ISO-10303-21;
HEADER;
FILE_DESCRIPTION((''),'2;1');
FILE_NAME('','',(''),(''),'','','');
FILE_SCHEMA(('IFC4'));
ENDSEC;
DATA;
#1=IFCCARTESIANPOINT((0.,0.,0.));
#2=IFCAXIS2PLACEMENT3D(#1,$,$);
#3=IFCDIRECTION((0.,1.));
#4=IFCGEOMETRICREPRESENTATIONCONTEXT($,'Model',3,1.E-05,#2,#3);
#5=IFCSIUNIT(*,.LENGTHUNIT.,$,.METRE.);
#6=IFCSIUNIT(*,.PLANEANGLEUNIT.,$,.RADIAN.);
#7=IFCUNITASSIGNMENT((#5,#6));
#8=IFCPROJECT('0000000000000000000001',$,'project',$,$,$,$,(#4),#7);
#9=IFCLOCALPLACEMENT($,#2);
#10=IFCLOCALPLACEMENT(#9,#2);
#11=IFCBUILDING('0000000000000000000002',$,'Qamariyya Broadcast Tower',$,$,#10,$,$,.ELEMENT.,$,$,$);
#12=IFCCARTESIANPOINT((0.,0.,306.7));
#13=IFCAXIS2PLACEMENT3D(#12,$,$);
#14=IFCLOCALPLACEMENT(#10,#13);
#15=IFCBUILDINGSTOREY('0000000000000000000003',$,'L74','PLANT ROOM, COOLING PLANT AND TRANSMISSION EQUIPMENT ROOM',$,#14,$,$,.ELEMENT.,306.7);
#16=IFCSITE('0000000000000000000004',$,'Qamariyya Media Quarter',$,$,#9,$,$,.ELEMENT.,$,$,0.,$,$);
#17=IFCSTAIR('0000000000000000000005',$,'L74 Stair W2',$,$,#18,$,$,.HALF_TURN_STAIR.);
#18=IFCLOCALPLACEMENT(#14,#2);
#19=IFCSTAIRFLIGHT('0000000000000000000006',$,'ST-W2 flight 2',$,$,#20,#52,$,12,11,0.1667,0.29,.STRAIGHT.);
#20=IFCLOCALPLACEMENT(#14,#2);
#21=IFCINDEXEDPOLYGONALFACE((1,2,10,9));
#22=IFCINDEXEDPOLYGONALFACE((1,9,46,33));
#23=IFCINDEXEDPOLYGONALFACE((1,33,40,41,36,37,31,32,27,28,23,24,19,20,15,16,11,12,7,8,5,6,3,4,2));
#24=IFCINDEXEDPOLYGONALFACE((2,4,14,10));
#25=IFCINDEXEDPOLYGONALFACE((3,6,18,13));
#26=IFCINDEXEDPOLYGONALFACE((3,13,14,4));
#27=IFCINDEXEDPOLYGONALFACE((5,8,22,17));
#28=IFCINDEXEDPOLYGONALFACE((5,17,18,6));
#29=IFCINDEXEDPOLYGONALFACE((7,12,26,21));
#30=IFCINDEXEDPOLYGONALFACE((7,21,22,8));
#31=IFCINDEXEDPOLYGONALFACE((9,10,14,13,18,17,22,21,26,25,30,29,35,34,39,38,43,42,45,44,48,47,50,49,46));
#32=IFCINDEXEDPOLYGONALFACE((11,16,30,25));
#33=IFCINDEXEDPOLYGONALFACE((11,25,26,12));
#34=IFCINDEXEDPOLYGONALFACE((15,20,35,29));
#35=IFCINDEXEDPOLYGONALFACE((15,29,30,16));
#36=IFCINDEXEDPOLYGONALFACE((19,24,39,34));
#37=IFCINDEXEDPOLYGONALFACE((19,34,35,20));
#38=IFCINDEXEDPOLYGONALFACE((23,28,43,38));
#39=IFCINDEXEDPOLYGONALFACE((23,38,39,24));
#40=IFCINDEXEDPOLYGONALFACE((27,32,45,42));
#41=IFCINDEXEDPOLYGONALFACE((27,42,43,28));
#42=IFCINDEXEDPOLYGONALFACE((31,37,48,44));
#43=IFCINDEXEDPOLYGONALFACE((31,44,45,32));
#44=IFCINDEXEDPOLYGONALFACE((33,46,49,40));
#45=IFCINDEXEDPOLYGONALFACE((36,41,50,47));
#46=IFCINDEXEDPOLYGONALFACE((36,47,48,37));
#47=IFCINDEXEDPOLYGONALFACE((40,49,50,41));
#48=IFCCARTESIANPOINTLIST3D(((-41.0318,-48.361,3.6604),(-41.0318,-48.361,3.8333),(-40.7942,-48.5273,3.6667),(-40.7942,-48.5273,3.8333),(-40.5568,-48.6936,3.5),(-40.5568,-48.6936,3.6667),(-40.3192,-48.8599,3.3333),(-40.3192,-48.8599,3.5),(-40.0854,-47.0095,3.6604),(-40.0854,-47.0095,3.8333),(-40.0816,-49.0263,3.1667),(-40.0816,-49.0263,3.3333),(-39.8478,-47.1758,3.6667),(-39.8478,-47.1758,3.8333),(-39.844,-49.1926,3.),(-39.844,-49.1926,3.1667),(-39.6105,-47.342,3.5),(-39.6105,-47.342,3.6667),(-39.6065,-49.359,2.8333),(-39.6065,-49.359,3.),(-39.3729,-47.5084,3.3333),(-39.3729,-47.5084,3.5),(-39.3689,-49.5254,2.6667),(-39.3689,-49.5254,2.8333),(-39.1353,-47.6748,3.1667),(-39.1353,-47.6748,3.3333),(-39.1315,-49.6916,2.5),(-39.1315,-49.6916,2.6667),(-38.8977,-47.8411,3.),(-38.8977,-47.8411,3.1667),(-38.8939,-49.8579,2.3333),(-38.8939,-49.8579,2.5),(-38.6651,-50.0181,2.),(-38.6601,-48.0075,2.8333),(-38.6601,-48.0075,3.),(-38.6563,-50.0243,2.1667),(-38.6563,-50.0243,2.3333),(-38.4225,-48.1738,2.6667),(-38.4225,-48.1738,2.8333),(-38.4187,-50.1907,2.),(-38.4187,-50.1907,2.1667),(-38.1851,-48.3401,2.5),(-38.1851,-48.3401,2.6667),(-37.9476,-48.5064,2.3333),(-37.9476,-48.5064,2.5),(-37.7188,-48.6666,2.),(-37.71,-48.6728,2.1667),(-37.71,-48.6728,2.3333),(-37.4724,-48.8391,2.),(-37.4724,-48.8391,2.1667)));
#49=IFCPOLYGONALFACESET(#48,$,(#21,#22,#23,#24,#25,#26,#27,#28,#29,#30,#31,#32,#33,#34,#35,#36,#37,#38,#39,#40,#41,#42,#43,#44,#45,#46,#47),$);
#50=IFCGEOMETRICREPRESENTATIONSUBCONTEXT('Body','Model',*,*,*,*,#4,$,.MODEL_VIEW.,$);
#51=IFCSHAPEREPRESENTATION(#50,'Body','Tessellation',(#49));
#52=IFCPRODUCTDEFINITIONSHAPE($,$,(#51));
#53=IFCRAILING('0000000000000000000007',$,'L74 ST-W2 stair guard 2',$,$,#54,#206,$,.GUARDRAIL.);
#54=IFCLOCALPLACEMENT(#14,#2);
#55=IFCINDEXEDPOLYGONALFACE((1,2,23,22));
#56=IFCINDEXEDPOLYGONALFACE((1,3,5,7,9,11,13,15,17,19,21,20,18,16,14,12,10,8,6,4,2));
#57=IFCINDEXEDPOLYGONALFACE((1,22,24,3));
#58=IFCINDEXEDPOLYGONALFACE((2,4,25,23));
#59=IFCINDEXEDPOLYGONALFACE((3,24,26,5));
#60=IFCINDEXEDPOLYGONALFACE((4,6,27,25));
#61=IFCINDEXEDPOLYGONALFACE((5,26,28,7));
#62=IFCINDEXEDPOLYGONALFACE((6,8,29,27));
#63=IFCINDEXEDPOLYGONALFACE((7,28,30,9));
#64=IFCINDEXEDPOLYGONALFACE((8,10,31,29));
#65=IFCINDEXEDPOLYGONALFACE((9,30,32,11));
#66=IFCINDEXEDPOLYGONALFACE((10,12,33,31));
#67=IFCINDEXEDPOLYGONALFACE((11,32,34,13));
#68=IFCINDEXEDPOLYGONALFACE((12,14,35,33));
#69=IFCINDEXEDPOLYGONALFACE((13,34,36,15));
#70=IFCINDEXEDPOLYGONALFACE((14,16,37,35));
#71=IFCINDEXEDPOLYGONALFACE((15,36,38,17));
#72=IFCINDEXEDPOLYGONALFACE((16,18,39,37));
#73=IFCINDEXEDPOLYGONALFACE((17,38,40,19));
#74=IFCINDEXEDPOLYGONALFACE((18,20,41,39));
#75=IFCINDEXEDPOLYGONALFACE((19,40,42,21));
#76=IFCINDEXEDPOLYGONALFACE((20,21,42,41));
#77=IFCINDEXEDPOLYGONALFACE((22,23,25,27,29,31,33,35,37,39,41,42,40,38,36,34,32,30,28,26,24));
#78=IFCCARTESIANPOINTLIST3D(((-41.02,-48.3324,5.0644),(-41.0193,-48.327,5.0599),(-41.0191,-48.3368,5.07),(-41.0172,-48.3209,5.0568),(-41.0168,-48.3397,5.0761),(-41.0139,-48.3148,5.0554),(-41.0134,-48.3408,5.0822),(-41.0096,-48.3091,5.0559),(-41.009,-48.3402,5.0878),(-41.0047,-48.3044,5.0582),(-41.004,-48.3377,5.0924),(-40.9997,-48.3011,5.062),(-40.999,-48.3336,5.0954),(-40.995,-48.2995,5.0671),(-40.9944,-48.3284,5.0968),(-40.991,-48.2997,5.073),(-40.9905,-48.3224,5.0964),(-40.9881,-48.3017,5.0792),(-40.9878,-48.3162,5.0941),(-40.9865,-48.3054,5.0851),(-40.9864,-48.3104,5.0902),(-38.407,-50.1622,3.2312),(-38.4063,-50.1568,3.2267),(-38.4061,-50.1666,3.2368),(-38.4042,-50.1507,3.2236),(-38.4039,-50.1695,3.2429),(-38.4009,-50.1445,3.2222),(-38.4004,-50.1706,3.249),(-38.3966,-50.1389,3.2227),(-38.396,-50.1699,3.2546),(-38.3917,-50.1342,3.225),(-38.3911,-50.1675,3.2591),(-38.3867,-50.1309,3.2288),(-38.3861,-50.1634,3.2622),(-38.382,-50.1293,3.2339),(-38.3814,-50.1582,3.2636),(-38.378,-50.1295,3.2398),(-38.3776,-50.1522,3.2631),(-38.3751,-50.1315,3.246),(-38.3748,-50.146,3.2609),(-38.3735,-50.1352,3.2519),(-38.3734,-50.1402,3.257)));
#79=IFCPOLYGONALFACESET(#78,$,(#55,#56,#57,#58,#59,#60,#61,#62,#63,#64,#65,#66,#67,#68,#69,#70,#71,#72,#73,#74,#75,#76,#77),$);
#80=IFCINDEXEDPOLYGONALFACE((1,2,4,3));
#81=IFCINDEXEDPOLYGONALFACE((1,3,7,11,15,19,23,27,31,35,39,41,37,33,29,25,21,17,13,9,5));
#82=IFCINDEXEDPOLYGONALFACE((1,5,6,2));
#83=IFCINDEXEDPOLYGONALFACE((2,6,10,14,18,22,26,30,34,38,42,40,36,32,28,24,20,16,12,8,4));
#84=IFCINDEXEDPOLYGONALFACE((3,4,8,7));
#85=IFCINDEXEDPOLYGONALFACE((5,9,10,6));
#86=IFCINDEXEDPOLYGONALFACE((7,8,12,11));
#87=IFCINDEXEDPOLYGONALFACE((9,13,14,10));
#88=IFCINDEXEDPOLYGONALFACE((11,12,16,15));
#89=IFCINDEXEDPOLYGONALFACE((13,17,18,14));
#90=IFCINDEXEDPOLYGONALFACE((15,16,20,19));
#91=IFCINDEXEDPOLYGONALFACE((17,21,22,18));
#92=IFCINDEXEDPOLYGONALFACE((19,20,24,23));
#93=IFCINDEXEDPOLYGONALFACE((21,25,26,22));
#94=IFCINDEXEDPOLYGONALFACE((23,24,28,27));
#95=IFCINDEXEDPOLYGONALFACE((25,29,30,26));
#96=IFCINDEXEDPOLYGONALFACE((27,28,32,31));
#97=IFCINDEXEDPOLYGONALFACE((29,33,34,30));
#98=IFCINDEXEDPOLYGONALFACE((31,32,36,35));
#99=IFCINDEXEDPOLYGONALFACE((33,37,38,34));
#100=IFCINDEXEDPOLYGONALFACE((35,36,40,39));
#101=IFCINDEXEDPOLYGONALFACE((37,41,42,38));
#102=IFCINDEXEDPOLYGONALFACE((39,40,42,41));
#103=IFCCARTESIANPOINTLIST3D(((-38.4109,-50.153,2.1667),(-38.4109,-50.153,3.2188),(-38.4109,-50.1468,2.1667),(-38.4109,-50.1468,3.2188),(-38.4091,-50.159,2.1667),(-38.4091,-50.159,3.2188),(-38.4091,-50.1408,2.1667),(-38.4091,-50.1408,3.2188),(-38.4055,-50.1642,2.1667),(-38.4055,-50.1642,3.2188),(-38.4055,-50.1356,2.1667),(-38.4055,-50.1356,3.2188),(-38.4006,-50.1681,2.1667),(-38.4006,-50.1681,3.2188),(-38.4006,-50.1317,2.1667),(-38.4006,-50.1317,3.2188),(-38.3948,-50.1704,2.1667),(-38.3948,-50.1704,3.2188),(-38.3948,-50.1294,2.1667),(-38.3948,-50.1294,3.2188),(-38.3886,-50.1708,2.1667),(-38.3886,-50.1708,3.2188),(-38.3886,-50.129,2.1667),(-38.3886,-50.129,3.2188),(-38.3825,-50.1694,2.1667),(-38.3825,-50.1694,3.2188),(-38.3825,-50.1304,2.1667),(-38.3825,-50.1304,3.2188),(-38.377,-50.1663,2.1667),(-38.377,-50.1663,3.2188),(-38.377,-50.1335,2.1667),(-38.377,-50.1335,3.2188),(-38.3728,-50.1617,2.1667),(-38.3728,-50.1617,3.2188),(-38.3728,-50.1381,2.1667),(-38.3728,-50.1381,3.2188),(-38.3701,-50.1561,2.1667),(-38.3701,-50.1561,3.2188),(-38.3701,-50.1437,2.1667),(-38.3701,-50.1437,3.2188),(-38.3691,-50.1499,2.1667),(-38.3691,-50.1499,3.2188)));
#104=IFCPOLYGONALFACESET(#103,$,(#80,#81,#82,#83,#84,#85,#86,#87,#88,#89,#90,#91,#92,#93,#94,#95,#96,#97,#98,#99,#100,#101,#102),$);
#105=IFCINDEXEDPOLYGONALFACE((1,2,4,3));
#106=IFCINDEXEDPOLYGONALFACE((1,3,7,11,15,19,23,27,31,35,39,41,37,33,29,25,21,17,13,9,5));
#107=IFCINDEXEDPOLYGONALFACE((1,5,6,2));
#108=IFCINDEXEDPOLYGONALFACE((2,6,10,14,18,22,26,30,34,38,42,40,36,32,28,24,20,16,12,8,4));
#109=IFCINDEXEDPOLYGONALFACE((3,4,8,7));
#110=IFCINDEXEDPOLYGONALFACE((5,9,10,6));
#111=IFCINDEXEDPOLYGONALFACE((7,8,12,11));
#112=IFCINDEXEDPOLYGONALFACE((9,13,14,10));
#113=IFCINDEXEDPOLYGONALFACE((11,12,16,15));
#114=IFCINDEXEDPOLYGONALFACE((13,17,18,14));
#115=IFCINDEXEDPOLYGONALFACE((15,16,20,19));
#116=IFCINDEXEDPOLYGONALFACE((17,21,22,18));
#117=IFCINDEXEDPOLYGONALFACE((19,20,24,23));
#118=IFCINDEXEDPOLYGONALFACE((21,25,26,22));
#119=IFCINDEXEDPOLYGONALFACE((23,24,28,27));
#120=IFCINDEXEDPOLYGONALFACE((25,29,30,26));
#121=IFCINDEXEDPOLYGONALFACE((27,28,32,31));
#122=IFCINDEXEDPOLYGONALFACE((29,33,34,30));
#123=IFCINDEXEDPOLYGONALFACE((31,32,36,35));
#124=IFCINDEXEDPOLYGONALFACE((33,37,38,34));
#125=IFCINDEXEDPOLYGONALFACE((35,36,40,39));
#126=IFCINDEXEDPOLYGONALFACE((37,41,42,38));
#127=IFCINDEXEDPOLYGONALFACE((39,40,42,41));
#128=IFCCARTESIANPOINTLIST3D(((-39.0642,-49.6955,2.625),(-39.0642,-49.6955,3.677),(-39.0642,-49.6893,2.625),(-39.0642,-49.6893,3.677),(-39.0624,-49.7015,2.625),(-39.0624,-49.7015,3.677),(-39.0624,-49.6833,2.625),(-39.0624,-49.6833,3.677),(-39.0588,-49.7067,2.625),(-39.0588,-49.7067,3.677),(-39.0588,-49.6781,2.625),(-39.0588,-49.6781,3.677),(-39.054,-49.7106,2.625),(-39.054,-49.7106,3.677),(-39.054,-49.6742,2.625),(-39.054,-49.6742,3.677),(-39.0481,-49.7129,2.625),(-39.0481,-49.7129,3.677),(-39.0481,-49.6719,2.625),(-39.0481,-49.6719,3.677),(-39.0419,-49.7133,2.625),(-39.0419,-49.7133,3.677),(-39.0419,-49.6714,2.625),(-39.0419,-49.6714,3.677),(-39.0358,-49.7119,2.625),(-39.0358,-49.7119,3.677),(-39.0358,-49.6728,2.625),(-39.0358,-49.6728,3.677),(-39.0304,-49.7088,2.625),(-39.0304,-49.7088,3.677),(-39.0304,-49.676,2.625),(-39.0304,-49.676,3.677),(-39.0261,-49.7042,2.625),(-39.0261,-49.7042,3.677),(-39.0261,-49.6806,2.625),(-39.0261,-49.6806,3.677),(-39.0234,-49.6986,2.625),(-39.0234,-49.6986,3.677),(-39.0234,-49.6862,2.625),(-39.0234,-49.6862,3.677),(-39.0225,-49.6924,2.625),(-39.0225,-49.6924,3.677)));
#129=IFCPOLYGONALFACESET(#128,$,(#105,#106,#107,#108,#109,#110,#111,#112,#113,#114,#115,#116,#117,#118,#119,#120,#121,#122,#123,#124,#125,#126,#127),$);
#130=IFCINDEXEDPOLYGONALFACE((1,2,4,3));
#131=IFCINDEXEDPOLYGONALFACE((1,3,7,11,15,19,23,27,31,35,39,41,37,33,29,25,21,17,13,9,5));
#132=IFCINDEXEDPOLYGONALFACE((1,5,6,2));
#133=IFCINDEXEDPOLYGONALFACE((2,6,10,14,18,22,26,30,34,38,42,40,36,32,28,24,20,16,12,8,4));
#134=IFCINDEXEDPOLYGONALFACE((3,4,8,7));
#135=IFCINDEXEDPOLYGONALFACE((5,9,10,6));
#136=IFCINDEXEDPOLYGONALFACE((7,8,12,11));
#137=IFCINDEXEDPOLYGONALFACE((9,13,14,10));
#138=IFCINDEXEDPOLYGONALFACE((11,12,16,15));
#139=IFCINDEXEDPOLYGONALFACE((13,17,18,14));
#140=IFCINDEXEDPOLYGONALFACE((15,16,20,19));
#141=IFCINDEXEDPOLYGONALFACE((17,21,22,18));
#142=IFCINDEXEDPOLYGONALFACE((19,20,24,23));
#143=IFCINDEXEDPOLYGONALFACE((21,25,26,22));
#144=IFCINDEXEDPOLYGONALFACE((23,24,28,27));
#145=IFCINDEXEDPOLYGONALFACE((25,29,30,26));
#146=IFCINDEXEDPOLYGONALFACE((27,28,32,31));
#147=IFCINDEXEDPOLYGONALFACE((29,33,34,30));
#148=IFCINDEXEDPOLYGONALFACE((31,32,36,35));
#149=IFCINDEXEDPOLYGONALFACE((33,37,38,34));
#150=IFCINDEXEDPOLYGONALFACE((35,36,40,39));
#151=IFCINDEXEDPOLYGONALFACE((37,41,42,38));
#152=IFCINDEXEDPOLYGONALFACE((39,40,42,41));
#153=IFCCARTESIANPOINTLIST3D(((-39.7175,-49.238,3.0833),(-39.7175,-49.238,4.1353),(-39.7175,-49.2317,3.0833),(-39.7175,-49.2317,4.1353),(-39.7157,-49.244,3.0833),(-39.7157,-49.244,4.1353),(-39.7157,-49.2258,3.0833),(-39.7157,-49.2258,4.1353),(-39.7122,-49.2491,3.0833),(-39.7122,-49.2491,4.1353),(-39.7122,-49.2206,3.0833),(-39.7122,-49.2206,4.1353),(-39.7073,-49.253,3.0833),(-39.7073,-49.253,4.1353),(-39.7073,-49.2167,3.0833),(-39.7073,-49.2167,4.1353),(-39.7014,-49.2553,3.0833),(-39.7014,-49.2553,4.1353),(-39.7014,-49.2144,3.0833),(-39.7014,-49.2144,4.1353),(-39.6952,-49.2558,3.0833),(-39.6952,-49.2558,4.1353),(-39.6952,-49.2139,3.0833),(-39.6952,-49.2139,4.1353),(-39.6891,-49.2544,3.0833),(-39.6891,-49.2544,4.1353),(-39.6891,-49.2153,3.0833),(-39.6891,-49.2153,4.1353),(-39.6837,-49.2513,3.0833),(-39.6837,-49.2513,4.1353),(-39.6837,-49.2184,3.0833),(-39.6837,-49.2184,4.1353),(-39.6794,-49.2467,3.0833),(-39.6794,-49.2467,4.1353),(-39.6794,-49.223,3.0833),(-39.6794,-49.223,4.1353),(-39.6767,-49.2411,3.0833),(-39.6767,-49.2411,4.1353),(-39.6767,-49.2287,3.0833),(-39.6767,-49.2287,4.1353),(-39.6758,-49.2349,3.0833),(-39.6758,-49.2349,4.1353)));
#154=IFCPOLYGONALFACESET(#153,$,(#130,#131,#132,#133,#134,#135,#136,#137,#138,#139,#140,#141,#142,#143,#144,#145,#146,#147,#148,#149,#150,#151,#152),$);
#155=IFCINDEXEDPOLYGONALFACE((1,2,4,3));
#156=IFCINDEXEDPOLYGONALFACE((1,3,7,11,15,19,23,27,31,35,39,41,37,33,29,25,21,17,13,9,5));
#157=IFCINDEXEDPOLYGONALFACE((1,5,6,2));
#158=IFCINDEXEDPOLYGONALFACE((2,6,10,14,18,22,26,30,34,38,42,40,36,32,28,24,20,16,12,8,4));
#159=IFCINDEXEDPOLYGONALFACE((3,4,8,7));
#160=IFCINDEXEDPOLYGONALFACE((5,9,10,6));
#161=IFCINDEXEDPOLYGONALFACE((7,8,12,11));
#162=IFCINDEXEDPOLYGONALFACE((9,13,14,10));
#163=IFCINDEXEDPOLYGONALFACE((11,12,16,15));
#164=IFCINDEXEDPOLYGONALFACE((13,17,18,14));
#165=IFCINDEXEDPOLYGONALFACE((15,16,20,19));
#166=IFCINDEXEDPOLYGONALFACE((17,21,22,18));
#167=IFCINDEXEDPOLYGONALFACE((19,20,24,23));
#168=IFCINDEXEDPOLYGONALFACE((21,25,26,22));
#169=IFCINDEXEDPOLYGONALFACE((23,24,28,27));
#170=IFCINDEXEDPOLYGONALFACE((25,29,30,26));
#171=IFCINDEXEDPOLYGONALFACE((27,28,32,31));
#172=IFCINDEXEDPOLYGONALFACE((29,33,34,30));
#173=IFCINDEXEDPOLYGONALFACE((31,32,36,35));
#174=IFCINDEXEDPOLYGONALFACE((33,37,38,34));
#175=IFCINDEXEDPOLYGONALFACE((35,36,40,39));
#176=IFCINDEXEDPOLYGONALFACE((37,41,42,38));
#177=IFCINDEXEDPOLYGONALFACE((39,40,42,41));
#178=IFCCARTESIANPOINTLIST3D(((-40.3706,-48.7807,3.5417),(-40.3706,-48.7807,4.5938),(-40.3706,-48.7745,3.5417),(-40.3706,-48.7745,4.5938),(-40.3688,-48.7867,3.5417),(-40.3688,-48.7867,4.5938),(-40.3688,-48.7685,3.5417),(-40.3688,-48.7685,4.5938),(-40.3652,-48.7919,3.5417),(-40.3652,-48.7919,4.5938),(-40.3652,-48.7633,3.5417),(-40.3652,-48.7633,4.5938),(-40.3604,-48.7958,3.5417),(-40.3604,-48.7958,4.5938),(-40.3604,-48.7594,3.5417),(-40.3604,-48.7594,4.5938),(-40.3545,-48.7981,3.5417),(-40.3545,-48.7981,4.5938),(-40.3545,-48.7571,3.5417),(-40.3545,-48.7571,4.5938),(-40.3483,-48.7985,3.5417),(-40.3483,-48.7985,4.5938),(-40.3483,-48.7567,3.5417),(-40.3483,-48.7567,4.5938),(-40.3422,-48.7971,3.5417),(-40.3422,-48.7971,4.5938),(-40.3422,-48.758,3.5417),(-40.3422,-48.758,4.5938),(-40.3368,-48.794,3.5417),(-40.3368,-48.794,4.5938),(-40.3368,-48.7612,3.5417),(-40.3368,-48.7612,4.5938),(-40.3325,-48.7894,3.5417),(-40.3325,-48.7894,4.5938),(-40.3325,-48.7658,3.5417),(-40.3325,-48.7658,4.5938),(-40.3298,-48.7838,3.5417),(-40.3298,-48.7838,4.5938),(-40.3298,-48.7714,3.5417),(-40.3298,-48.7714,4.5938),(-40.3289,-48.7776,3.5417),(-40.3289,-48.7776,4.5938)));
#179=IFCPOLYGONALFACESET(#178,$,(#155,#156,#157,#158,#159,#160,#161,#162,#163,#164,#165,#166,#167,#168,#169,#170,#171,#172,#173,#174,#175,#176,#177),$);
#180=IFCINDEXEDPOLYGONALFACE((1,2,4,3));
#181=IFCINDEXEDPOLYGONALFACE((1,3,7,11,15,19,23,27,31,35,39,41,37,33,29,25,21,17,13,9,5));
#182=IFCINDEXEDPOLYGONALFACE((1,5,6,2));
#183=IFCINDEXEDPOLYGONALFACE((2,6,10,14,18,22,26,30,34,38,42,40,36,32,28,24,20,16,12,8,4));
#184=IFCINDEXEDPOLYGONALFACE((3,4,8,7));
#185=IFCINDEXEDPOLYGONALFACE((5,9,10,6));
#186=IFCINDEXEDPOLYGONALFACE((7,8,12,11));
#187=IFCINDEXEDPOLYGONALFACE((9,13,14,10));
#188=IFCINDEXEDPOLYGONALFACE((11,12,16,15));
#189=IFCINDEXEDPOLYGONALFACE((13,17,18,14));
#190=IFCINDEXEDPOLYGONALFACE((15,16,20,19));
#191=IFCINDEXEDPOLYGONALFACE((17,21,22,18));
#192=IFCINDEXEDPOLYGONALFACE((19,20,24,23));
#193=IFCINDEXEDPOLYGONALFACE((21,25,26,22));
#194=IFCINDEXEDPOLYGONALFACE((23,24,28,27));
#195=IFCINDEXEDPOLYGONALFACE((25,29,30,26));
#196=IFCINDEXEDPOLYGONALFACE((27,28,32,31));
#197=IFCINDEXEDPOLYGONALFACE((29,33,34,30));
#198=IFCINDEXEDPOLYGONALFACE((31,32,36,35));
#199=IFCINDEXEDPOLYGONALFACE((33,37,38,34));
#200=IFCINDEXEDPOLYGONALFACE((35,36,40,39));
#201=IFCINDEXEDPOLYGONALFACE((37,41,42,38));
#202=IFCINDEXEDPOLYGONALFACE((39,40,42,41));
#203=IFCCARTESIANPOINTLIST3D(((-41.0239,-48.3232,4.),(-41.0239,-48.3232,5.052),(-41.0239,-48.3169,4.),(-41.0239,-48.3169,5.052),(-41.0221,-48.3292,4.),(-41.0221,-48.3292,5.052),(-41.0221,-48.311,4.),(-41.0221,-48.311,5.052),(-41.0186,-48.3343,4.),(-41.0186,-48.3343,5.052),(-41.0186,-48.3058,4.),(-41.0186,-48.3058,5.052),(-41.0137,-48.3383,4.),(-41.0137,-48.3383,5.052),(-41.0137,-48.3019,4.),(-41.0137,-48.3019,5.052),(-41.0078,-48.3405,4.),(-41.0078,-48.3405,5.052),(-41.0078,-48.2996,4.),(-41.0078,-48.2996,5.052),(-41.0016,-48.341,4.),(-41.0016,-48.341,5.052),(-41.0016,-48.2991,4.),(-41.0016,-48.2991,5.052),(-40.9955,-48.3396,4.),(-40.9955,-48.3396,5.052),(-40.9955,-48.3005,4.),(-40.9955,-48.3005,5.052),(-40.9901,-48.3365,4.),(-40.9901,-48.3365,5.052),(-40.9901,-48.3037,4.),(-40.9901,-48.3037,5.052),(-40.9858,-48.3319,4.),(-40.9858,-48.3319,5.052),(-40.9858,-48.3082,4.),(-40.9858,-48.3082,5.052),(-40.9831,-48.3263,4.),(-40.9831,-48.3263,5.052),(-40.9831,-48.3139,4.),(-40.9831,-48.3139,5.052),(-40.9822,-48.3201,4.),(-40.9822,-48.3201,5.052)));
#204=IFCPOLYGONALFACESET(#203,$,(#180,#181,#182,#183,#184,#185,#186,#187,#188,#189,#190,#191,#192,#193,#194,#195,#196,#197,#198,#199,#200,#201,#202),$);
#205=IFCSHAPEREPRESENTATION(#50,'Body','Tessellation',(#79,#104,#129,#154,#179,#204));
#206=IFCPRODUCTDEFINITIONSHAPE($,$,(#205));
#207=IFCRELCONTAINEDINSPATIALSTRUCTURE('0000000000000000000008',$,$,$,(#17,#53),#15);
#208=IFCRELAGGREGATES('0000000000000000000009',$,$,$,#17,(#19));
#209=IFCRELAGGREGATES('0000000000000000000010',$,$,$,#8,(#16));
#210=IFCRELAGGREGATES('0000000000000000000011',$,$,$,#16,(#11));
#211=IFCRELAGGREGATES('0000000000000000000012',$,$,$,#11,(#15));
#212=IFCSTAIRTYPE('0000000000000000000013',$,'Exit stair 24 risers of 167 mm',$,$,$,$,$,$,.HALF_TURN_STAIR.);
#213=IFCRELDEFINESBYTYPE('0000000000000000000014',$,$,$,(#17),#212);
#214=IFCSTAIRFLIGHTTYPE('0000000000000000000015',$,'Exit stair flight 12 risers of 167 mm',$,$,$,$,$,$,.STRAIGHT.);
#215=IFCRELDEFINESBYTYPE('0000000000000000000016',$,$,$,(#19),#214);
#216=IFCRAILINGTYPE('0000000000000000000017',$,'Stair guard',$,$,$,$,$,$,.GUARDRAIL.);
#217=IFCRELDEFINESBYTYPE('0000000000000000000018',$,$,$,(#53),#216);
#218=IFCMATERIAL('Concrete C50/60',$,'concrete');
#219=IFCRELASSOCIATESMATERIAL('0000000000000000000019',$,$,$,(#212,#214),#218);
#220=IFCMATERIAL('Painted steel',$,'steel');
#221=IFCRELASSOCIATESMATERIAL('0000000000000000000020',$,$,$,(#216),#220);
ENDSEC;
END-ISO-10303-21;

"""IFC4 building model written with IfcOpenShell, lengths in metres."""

from ifc_helpers import new_model, si_unit, direction, frame, origin, origin_2d, place, context, subcontext, project, spatial, polyline, circle, outline, extrude, material, type_object, element, aggregate, save


model = new_model("IFC4")

# Units and contexts
model_context = context("Model", 3, precision=1e-05, world=origin(), true_north=direction((0.0, 1.0)))
body_context = subcontext(model_context, "Body", "Model", "MODEL_VIEW")
ifc_project = project(units=[si_unit("LENGTHUNIT", "METRE"), si_unit("PLANEANGLEUNIT", "RADIAN")], contexts=[model_context])

# Site, building, storey
site_placement = place(None, origin())
site = spatial("IfcSite", under=ifc_project, at=site_placement, Name="Qamariyya Media Quarter", CompositionType="ELEMENT", RefElevation=0.0)
building_placement = place(site_placement, origin())
building = spatial("IfcBuilding", under=site, at=building_placement, Name="Qamariyya Broadcast Tower", CompositionType="ELEMENT")
storey_placement = place(building_placement, frame((0.0, 0.0, 306.7)))
storey = spatial("IfcBuildingStorey", under=building, at=storey_placement, Name="L74", Description="PLANT ROOM, COOLING PLANT AND TRANSMISSION EQUIPMENT ROOM", CompositionType="ELEMENT", Elevation=306.7)

# Shared definitions
ifc_material_1 = material(Name="Concrete C50/60", Category="concrete")

# Stair
stair_type = type_object("IfcStairType", Name="Exit stair 24 risers of 167 mm", PredefinedType="HALF_TURN_STAIR", material=ifc_material_1)
stair_placement = place(storey_placement, origin())
stair = element("IfcStair", 1, at=stair_placement, inside=storey, type_object=stair_type, Name="L74 Stair W2", PredefinedType="HALF_TURN_STAIR")

# Stair flight
stair_flight_type = type_object("IfcStairFlightType", Name="Exit stair flight 12 risers of 167 mm", PredefinedType="STRAIGHT", material=ifc_material_1)
stair_flight_placement = place(storey_placement, frame((-37.9456, -49.5149, 2.0), z_axis=(0.0, 0.0, 1.0), x_axis=(-0.819152, 0.573576, 0.0)))
stair_flight = element("IfcStairFlight", 2, at=stair_flight_placement, type_object=stair_flight_type, Name="ST-W2 flight 2", NumberOfRisers=12, NumberOfTreads=11, PredefinedType="STRAIGHT", RiserHeight=0.1667, TreadLength=0.29, context=body_context, shape_type="SweptSolid", body=[
    extrude(outline(polyline([(0.0, 0.0), (0.0, 0.1667), (0.29, 0.1667), (0.29, 0.3333), (0.5801, 0.3333), (0.5801, 0.5), (0.8701, 0.5), (0.8701, 0.6667), (1.1599, 0.6667), (1.1599, 0.8333), (1.45, 0.8333), (1.45, 1.0), (1.74, 1.0), (1.74, 1.1667), (2.03, 1.1667), (2.03, 1.3333), (2.3201, 1.3333), (2.3201, 1.5), (2.6101, 1.5), (2.6101, 1.6667), (2.8999, 1.6667), (2.8999, 1.8333), (3.1899, 1.8333), (3.1899, 2.0), (3.1899, 1.6604), (0.3008, 0.0), (0.0, 0.0)])), frame((0.0, 0.825, 0.0), z_axis=(0.0, -1.0, 0.0), x_axis=(1.0, 0.0, 0.0)), (0.0, 0.0, 1.0), 1.6499),
])
aggregate(stair, [stair_flight])

# Railing
ifc_material_2 = material(Name="Painted steel", Category="steel")
railing_type_1 = type_object("IfcRailingType", Name="Stair guard", PredefinedType="GUARDRAIL", material=ifc_material_2)
railing_1_placement = place(storey_placement, frame((-38.3901, -50.1499, 2.1667)))
element("IfcRailing", 3, at=railing_1_placement, inside=storey, type_object=railing_type_1, Name="L74 ST-W2 stair guard 2", PredefinedType="GUARDRAIL", context=body_context, shape_type="SweptSolid", body=[
    extrude(circle(Radius=0.0239, at=origin_2d()), frame((0.0, 0.0, 1.0762), z_axis=(-0.710204, 0.497335, 0.498264), x_axis=(-0.573611, -0.819128, 0.0)), (0.0, 0.0, 1.0), 3.6792),
    extrude(circle(Radius=0.021, at=origin_2d()), origin(), (0.0, 0.0, 1.0), 1.052),
    extrude(circle(Radius=0.021, at=origin_2d()), frame((-0.6533, 0.4575, 0.4583)), (0.0, 0.0, 1.0), 1.052),
    extrude(circle(Radius=0.021, at=origin_2d()), frame((-1.3066, 0.915, 0.9165)), (0.0, 0.0, 1.0), 1.052),
    extrude(circle(Radius=0.021, at=origin_2d()), frame((-1.9597, 1.3723, 1.375)), (0.0, 0.0, 1.0), 1.052),
    extrude(circle(Radius=0.021, at=origin_2d()), frame((-2.613, 1.8298, 1.8333)), (0.0, 0.0, 1.0), 1.052),
])

save(model, "model.ifc")
